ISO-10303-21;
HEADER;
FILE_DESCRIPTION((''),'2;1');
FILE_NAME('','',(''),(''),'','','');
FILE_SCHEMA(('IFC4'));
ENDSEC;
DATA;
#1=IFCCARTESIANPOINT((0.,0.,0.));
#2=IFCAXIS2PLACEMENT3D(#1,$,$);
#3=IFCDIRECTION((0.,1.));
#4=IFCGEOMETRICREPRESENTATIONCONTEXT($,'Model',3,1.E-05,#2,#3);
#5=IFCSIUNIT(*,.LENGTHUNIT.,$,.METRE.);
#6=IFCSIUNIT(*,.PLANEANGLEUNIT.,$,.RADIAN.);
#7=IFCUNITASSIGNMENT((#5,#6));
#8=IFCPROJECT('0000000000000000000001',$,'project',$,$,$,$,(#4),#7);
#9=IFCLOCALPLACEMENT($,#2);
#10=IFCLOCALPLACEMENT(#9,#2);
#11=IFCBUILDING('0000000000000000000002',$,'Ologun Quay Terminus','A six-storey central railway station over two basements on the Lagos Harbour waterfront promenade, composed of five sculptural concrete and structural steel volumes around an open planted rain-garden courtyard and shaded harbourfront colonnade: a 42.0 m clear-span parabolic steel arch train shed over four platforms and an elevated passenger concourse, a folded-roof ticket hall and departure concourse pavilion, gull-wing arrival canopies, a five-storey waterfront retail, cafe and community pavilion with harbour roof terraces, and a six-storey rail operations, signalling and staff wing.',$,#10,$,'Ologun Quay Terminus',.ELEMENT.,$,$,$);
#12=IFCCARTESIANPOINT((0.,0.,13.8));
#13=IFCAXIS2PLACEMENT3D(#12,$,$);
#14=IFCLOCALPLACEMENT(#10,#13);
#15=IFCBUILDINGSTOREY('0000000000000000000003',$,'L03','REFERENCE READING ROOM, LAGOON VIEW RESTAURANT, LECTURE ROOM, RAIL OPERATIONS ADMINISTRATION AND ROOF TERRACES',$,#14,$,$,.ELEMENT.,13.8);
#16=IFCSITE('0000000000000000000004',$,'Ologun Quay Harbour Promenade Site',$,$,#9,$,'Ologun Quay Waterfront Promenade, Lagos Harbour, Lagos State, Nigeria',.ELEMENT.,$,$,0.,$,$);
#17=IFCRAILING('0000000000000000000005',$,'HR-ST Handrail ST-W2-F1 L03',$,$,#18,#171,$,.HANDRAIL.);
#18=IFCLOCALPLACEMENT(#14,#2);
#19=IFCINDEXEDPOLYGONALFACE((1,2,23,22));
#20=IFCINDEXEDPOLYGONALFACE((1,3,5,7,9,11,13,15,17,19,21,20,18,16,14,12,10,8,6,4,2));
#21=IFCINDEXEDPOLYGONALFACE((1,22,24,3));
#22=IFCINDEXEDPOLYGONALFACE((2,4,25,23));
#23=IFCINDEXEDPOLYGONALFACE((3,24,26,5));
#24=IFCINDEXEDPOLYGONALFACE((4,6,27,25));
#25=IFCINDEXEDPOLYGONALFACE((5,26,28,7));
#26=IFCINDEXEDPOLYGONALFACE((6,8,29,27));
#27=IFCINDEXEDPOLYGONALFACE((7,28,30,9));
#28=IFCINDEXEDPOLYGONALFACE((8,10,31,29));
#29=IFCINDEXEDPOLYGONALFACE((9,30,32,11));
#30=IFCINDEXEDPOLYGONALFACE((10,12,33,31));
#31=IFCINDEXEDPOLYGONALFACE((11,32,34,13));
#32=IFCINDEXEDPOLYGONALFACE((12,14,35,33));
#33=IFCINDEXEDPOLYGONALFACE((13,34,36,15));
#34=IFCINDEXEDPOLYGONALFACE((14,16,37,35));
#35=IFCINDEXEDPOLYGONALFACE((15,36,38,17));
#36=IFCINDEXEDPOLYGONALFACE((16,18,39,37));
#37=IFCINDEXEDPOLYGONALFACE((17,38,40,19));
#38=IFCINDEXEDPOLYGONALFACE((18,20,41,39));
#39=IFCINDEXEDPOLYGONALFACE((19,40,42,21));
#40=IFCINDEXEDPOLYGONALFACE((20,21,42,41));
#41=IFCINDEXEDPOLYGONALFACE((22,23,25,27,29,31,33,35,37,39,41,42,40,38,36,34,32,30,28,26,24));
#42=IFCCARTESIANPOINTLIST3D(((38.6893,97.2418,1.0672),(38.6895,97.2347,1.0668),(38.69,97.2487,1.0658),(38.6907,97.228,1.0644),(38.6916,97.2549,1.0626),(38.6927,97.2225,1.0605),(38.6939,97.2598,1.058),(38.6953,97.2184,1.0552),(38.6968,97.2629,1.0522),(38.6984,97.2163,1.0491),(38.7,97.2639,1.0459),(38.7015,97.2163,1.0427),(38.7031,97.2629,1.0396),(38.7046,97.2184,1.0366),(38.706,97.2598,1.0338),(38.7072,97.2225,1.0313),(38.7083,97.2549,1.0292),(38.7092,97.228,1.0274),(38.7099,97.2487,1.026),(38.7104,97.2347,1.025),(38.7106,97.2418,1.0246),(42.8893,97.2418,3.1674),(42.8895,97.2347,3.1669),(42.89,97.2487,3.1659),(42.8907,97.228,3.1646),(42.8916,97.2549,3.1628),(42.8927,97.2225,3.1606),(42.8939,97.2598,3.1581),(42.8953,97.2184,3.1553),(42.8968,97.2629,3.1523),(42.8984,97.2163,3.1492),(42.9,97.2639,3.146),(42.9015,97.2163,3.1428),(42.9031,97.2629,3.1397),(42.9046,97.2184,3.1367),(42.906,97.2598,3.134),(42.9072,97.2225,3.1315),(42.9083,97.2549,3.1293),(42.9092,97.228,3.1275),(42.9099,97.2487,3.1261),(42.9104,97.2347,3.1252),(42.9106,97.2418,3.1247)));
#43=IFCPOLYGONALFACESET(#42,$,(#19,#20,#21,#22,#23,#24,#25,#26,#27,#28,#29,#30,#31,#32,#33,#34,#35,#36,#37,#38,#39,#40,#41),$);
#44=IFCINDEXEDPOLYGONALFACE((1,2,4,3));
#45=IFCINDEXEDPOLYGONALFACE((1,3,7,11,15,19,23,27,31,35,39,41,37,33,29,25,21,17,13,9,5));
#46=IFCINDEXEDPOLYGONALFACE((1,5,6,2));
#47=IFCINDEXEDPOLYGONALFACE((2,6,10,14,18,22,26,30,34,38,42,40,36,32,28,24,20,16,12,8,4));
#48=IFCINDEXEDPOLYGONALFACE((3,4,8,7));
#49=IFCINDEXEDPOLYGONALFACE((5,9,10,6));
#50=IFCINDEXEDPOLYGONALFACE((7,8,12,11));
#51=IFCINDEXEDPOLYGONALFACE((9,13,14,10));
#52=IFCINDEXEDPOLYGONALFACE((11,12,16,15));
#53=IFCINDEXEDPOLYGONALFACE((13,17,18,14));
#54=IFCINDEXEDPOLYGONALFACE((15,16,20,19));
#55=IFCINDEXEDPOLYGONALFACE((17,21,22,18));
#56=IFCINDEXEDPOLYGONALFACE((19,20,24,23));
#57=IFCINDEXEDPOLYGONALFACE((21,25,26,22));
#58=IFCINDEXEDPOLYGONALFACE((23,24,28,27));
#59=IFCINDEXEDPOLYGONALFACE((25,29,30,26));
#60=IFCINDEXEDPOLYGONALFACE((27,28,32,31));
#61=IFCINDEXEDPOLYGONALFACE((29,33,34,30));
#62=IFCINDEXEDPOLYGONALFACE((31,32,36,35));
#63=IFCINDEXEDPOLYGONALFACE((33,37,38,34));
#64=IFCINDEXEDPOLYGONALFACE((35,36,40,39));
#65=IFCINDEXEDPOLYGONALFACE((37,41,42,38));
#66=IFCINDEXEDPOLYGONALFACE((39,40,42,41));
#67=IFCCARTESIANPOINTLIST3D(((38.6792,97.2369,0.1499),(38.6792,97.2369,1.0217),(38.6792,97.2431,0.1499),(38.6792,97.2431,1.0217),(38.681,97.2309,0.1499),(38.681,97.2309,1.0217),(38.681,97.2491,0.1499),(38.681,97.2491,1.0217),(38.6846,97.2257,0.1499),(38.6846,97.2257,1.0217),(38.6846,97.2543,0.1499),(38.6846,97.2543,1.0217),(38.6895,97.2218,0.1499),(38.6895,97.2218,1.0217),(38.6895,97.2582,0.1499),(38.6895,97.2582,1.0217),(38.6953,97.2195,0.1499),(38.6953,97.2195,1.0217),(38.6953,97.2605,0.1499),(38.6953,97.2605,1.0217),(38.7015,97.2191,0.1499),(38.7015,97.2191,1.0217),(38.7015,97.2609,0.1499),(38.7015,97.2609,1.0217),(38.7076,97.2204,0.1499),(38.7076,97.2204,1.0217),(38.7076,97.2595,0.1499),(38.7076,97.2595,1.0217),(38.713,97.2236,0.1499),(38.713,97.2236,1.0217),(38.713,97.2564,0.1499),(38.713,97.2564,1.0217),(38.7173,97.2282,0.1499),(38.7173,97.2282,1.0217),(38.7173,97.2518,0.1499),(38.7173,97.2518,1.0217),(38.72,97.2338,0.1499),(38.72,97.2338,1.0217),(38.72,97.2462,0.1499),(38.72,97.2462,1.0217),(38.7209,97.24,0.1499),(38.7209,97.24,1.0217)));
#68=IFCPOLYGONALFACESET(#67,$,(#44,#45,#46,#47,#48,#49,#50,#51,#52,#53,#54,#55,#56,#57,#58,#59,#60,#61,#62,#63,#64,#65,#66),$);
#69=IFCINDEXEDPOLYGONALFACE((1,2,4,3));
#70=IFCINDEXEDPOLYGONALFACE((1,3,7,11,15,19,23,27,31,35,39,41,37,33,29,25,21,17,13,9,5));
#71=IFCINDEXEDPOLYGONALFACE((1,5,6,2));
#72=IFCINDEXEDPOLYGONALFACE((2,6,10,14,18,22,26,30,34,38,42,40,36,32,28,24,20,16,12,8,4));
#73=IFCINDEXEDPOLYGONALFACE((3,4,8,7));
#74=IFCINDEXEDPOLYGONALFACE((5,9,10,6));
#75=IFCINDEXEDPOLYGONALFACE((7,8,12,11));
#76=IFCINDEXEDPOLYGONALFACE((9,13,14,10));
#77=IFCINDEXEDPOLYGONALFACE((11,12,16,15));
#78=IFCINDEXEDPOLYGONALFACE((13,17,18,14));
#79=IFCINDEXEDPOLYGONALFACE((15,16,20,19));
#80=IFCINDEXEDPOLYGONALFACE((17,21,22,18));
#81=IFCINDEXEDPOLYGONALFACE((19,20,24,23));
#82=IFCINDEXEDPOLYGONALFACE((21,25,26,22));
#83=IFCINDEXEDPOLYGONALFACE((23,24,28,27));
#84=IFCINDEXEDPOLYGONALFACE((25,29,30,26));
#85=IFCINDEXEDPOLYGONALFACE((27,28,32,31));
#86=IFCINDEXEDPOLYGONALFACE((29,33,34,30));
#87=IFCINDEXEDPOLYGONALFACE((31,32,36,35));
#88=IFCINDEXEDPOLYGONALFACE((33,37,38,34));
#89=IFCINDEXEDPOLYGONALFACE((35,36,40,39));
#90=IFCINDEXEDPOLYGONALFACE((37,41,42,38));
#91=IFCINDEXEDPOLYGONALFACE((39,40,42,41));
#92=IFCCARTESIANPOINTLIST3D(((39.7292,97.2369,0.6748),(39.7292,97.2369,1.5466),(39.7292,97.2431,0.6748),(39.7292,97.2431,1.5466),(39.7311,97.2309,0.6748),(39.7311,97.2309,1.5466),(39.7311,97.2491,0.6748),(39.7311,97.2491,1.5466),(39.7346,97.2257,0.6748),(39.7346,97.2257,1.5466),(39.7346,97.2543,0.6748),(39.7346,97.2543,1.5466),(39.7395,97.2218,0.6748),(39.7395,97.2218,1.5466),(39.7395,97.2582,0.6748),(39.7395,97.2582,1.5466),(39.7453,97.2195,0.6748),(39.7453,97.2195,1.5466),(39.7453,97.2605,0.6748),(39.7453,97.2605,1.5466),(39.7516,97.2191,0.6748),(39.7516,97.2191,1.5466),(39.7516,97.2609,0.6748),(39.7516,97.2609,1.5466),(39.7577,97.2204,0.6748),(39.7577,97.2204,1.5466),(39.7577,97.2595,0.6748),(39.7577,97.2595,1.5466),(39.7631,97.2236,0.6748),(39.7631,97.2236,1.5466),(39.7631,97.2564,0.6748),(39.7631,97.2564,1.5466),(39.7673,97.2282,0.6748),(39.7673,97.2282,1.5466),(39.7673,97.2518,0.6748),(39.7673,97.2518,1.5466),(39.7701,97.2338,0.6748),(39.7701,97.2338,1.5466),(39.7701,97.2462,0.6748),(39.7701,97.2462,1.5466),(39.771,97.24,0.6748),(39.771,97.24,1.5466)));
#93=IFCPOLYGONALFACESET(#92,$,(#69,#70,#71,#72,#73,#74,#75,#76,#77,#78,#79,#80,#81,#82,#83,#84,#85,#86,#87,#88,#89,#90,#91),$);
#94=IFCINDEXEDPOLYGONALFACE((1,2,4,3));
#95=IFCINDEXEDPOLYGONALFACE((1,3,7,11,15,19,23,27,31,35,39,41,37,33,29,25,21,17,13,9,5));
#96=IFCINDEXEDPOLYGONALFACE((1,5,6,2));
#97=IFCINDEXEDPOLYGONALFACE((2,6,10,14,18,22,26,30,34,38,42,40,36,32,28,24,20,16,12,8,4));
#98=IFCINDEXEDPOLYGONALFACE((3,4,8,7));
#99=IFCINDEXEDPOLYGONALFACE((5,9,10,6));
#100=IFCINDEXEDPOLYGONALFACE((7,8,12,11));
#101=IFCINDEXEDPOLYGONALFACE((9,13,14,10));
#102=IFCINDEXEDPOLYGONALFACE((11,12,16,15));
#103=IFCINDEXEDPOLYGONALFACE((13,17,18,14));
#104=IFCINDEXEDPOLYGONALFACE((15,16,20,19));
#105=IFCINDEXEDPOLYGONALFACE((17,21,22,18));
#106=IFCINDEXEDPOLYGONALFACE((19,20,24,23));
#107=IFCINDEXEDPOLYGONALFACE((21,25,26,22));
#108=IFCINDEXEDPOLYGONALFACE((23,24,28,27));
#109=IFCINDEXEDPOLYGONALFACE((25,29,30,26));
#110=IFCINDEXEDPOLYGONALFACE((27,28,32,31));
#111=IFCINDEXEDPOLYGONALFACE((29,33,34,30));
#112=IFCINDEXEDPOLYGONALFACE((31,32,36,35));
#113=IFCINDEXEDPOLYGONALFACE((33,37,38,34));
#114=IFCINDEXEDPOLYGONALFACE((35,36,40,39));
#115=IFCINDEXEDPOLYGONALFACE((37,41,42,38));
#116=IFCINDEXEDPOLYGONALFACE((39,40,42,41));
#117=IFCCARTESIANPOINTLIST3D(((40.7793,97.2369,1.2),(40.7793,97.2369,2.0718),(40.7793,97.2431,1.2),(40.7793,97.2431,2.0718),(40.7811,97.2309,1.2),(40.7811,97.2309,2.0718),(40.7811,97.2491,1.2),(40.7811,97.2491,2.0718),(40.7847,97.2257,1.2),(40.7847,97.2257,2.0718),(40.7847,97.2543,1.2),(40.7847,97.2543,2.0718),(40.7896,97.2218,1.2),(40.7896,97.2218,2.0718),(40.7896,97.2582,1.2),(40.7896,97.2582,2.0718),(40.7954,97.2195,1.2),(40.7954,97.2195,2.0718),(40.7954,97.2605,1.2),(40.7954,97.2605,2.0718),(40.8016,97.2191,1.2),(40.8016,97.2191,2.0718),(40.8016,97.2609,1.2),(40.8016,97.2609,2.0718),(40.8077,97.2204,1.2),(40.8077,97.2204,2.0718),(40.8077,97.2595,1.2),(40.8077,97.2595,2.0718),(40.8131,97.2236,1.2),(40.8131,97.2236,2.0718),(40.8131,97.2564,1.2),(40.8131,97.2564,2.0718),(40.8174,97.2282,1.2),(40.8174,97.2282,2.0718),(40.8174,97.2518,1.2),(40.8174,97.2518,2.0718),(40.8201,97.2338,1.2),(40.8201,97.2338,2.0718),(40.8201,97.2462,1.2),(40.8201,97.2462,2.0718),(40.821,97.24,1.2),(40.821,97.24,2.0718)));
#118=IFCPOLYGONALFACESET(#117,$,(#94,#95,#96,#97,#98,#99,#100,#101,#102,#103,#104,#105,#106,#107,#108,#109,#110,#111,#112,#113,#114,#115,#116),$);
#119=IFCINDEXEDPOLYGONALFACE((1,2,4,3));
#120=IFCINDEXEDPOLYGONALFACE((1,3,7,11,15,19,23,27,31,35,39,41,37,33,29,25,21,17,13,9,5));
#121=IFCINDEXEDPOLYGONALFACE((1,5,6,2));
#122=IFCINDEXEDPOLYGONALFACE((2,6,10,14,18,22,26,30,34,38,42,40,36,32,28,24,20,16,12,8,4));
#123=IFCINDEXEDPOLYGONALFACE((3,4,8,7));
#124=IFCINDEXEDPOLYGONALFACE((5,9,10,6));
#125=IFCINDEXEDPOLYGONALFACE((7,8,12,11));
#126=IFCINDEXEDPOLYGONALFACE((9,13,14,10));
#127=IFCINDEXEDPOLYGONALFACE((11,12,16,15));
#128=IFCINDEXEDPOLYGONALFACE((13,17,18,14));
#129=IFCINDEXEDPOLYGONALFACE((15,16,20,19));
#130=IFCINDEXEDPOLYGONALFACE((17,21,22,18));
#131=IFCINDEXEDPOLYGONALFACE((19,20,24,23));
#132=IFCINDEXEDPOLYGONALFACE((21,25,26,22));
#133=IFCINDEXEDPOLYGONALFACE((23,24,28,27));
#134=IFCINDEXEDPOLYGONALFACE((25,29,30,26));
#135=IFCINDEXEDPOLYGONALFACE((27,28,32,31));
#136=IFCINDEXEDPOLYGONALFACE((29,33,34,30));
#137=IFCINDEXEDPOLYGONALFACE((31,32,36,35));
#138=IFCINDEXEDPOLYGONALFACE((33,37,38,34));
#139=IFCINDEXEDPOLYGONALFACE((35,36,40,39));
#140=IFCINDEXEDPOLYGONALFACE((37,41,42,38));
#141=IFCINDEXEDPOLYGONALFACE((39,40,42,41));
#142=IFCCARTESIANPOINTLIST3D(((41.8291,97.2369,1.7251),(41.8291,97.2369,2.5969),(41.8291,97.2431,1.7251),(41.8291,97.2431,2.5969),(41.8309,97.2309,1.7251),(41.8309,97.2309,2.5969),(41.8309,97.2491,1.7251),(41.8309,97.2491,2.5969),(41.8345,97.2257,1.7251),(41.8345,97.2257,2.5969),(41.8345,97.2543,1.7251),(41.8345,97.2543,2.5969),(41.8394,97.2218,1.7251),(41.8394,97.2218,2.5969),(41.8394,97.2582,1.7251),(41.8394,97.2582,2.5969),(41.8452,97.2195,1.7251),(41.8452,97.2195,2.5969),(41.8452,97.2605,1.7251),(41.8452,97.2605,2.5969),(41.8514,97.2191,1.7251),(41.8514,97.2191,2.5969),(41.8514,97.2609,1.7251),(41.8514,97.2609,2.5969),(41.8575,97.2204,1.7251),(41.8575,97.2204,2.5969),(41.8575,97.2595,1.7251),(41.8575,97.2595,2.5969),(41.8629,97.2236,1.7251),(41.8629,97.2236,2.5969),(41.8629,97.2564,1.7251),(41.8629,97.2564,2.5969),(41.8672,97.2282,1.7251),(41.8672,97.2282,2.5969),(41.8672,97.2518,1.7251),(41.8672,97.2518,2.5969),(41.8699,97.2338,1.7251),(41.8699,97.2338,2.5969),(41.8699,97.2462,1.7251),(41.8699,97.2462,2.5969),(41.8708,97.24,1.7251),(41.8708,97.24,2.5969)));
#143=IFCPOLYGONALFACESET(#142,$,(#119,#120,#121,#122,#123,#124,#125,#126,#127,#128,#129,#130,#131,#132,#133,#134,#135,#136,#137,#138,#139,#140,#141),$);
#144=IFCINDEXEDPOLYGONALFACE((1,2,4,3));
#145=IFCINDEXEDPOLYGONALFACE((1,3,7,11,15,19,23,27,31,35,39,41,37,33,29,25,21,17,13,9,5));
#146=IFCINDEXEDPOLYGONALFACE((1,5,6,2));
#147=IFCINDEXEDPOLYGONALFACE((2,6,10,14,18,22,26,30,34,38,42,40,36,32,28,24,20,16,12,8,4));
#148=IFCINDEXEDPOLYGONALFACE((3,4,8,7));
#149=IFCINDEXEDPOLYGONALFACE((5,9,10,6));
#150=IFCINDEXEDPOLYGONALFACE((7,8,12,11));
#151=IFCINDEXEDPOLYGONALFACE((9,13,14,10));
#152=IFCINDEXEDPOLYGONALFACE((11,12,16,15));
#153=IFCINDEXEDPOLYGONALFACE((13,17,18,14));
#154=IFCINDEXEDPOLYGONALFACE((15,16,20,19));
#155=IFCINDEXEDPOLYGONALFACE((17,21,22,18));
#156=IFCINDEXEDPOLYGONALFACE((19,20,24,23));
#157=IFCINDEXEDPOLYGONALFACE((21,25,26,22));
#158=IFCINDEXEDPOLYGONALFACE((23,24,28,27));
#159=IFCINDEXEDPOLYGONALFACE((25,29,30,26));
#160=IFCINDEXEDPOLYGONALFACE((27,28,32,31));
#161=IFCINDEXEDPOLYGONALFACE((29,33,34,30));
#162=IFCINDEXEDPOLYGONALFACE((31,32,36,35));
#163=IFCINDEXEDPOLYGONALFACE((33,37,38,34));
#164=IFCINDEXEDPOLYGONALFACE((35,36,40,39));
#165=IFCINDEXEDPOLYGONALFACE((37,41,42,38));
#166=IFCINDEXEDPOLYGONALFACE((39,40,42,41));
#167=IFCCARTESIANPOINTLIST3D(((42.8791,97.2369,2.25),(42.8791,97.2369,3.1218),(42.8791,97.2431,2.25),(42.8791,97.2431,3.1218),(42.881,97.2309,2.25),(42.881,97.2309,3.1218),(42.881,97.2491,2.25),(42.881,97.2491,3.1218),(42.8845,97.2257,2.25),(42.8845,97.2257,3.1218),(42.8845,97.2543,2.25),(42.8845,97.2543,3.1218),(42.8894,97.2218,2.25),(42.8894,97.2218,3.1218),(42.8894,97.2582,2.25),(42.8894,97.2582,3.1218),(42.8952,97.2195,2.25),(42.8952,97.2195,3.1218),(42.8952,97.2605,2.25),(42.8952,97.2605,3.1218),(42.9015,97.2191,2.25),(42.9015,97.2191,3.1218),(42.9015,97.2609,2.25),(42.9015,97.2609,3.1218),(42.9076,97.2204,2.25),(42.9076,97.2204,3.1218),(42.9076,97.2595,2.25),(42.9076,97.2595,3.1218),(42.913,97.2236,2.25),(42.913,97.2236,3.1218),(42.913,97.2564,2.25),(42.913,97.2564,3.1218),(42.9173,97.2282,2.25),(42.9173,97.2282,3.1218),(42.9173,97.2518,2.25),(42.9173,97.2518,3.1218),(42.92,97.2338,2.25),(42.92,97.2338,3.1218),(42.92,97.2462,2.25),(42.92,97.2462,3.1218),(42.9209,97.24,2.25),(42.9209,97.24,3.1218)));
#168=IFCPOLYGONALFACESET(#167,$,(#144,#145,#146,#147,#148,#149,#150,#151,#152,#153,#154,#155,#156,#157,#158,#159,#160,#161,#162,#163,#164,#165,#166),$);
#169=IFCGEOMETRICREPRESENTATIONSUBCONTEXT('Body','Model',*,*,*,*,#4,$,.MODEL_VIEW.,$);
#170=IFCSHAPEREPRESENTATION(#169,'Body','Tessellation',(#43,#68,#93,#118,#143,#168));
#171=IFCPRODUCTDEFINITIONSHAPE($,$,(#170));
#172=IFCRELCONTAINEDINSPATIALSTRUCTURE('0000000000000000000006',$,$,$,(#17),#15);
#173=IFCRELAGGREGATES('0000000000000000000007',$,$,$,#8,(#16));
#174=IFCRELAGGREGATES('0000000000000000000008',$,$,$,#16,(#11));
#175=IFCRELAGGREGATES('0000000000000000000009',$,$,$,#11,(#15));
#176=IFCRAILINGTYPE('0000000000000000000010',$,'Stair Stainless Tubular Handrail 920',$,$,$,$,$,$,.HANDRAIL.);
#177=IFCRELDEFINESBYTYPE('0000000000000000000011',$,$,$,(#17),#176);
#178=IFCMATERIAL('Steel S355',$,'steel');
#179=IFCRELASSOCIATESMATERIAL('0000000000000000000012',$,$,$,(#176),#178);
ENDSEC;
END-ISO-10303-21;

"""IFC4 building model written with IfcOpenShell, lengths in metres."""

from ifc_helpers import new_model, si_unit, direction, frame, origin, origin_2d, place, context, subcontext, project, spatial, circle, extrude, material, type_object, element, save


model = new_model("IFC4")

# Units and contexts
model_context = context("Model", 3, precision=1e-05, world=origin(), true_north=direction((0.0, 1.0)))
body_context = subcontext(model_context, "Body", "Model", "MODEL_VIEW")
ifc_project = project(units=[si_unit("LENGTHUNIT", "METRE"), si_unit("PLANEANGLEUNIT", "RADIAN")], contexts=[model_context])

# Site, building, storey
site_placement = place(None, origin())
site = spatial("IfcSite", under=ifc_project, at=site_placement, Name="Ologun Quay Harbour Promenade Site", LongName="Ologun Quay Waterfront Promenade, Lagos Harbour, Lagos State, Nigeria", CompositionType="ELEMENT", RefElevation=0.0)
building_placement = place(site_placement, origin())
building = spatial("IfcBuilding", under=site, at=building_placement, Name="Ologun Quay Terminus", Description="A six-storey central railway station over two basements on the Lagos Harbour waterfront promenade, composed of five sculptural concrete and structural steel volumes around an open planted rain-garden courtyard and shaded harbourfront colonnade: a 42.0 m clear-span parabolic steel arch train shed over four platforms and an elevated passenger concourse, a folded-roof ticket hall and departure concourse pavilion, gull-wing arrival canopies, a five-storey waterfront retail, cafe and community pavilion with harbour roof terraces, and a six-storey rail operations, signalling and staff wing.", LongName="Ologun Quay Terminus", CompositionType="ELEMENT")
storey_placement = place(building_placement, frame((0.0, 0.0, 13.8)))
storey = spatial("IfcBuildingStorey", under=building, at=storey_placement, Name="L03", Description="REFERENCE READING ROOM, LAGOON VIEW RESTAURANT, LECTURE ROOM, RAIL OPERATIONS ADMINISTRATION AND ROOF TERRACES", CompositionType="ELEMENT", Elevation=13.8)

# Railing
ifc_material_1 = material(Name="Steel S355", Category="steel")
railing_type_1 = type_object("IfcRailingType", Name="Stair Stainless Tubular Handrail 920", PredefinedType="HANDRAIL", material=ifc_material_1)
railing_1_placement = place(storey_placement, frame((38.7, 97.24, 0.1499)))
element("IfcRailing", 1, at=railing_1_placement, inside=storey, type_object=railing_type_1, Name="HR-ST Handrail ST-W2-F1 L03", PredefinedType="HANDRAIL", context=body_context, shape_type="SweptSolid", body=[
    extrude(circle(Radius=0.0239, at=origin_2d()), frame((0.0, 0.0, 0.896), z_axis=(0.894417, 0.0, 0.447234), x_axis=(0.0, 1.0, 0.0)), (0.0, 0.0, 1.0), 4.6958),
    extrude(circle(Radius=0.021, at=origin_2d()), origin(), (0.0, 0.0, 1.0), 0.8718),
    extrude(circle(Radius=0.021, at=origin_2d()), frame((1.05, 0.0, 0.5249)), (0.0, 0.0, 1.0), 0.8718),
    extrude(circle(Radius=0.021, at=origin_2d()), frame((2.1001, 0.0, 1.05)), (0.0, 0.0, 1.0), 0.8718),
    extrude(circle(Radius=0.021, at=origin_2d()), frame((3.1499, 0.0, 1.5752)), (0.0, 0.0, 1.0), 0.8718),
    extrude(circle(Radius=0.021, at=origin_2d()), frame((4.2, 0.0, 2.1001)), (0.0, 0.0, 1.0), 0.8718),
])

save(model, "model.ifc")
